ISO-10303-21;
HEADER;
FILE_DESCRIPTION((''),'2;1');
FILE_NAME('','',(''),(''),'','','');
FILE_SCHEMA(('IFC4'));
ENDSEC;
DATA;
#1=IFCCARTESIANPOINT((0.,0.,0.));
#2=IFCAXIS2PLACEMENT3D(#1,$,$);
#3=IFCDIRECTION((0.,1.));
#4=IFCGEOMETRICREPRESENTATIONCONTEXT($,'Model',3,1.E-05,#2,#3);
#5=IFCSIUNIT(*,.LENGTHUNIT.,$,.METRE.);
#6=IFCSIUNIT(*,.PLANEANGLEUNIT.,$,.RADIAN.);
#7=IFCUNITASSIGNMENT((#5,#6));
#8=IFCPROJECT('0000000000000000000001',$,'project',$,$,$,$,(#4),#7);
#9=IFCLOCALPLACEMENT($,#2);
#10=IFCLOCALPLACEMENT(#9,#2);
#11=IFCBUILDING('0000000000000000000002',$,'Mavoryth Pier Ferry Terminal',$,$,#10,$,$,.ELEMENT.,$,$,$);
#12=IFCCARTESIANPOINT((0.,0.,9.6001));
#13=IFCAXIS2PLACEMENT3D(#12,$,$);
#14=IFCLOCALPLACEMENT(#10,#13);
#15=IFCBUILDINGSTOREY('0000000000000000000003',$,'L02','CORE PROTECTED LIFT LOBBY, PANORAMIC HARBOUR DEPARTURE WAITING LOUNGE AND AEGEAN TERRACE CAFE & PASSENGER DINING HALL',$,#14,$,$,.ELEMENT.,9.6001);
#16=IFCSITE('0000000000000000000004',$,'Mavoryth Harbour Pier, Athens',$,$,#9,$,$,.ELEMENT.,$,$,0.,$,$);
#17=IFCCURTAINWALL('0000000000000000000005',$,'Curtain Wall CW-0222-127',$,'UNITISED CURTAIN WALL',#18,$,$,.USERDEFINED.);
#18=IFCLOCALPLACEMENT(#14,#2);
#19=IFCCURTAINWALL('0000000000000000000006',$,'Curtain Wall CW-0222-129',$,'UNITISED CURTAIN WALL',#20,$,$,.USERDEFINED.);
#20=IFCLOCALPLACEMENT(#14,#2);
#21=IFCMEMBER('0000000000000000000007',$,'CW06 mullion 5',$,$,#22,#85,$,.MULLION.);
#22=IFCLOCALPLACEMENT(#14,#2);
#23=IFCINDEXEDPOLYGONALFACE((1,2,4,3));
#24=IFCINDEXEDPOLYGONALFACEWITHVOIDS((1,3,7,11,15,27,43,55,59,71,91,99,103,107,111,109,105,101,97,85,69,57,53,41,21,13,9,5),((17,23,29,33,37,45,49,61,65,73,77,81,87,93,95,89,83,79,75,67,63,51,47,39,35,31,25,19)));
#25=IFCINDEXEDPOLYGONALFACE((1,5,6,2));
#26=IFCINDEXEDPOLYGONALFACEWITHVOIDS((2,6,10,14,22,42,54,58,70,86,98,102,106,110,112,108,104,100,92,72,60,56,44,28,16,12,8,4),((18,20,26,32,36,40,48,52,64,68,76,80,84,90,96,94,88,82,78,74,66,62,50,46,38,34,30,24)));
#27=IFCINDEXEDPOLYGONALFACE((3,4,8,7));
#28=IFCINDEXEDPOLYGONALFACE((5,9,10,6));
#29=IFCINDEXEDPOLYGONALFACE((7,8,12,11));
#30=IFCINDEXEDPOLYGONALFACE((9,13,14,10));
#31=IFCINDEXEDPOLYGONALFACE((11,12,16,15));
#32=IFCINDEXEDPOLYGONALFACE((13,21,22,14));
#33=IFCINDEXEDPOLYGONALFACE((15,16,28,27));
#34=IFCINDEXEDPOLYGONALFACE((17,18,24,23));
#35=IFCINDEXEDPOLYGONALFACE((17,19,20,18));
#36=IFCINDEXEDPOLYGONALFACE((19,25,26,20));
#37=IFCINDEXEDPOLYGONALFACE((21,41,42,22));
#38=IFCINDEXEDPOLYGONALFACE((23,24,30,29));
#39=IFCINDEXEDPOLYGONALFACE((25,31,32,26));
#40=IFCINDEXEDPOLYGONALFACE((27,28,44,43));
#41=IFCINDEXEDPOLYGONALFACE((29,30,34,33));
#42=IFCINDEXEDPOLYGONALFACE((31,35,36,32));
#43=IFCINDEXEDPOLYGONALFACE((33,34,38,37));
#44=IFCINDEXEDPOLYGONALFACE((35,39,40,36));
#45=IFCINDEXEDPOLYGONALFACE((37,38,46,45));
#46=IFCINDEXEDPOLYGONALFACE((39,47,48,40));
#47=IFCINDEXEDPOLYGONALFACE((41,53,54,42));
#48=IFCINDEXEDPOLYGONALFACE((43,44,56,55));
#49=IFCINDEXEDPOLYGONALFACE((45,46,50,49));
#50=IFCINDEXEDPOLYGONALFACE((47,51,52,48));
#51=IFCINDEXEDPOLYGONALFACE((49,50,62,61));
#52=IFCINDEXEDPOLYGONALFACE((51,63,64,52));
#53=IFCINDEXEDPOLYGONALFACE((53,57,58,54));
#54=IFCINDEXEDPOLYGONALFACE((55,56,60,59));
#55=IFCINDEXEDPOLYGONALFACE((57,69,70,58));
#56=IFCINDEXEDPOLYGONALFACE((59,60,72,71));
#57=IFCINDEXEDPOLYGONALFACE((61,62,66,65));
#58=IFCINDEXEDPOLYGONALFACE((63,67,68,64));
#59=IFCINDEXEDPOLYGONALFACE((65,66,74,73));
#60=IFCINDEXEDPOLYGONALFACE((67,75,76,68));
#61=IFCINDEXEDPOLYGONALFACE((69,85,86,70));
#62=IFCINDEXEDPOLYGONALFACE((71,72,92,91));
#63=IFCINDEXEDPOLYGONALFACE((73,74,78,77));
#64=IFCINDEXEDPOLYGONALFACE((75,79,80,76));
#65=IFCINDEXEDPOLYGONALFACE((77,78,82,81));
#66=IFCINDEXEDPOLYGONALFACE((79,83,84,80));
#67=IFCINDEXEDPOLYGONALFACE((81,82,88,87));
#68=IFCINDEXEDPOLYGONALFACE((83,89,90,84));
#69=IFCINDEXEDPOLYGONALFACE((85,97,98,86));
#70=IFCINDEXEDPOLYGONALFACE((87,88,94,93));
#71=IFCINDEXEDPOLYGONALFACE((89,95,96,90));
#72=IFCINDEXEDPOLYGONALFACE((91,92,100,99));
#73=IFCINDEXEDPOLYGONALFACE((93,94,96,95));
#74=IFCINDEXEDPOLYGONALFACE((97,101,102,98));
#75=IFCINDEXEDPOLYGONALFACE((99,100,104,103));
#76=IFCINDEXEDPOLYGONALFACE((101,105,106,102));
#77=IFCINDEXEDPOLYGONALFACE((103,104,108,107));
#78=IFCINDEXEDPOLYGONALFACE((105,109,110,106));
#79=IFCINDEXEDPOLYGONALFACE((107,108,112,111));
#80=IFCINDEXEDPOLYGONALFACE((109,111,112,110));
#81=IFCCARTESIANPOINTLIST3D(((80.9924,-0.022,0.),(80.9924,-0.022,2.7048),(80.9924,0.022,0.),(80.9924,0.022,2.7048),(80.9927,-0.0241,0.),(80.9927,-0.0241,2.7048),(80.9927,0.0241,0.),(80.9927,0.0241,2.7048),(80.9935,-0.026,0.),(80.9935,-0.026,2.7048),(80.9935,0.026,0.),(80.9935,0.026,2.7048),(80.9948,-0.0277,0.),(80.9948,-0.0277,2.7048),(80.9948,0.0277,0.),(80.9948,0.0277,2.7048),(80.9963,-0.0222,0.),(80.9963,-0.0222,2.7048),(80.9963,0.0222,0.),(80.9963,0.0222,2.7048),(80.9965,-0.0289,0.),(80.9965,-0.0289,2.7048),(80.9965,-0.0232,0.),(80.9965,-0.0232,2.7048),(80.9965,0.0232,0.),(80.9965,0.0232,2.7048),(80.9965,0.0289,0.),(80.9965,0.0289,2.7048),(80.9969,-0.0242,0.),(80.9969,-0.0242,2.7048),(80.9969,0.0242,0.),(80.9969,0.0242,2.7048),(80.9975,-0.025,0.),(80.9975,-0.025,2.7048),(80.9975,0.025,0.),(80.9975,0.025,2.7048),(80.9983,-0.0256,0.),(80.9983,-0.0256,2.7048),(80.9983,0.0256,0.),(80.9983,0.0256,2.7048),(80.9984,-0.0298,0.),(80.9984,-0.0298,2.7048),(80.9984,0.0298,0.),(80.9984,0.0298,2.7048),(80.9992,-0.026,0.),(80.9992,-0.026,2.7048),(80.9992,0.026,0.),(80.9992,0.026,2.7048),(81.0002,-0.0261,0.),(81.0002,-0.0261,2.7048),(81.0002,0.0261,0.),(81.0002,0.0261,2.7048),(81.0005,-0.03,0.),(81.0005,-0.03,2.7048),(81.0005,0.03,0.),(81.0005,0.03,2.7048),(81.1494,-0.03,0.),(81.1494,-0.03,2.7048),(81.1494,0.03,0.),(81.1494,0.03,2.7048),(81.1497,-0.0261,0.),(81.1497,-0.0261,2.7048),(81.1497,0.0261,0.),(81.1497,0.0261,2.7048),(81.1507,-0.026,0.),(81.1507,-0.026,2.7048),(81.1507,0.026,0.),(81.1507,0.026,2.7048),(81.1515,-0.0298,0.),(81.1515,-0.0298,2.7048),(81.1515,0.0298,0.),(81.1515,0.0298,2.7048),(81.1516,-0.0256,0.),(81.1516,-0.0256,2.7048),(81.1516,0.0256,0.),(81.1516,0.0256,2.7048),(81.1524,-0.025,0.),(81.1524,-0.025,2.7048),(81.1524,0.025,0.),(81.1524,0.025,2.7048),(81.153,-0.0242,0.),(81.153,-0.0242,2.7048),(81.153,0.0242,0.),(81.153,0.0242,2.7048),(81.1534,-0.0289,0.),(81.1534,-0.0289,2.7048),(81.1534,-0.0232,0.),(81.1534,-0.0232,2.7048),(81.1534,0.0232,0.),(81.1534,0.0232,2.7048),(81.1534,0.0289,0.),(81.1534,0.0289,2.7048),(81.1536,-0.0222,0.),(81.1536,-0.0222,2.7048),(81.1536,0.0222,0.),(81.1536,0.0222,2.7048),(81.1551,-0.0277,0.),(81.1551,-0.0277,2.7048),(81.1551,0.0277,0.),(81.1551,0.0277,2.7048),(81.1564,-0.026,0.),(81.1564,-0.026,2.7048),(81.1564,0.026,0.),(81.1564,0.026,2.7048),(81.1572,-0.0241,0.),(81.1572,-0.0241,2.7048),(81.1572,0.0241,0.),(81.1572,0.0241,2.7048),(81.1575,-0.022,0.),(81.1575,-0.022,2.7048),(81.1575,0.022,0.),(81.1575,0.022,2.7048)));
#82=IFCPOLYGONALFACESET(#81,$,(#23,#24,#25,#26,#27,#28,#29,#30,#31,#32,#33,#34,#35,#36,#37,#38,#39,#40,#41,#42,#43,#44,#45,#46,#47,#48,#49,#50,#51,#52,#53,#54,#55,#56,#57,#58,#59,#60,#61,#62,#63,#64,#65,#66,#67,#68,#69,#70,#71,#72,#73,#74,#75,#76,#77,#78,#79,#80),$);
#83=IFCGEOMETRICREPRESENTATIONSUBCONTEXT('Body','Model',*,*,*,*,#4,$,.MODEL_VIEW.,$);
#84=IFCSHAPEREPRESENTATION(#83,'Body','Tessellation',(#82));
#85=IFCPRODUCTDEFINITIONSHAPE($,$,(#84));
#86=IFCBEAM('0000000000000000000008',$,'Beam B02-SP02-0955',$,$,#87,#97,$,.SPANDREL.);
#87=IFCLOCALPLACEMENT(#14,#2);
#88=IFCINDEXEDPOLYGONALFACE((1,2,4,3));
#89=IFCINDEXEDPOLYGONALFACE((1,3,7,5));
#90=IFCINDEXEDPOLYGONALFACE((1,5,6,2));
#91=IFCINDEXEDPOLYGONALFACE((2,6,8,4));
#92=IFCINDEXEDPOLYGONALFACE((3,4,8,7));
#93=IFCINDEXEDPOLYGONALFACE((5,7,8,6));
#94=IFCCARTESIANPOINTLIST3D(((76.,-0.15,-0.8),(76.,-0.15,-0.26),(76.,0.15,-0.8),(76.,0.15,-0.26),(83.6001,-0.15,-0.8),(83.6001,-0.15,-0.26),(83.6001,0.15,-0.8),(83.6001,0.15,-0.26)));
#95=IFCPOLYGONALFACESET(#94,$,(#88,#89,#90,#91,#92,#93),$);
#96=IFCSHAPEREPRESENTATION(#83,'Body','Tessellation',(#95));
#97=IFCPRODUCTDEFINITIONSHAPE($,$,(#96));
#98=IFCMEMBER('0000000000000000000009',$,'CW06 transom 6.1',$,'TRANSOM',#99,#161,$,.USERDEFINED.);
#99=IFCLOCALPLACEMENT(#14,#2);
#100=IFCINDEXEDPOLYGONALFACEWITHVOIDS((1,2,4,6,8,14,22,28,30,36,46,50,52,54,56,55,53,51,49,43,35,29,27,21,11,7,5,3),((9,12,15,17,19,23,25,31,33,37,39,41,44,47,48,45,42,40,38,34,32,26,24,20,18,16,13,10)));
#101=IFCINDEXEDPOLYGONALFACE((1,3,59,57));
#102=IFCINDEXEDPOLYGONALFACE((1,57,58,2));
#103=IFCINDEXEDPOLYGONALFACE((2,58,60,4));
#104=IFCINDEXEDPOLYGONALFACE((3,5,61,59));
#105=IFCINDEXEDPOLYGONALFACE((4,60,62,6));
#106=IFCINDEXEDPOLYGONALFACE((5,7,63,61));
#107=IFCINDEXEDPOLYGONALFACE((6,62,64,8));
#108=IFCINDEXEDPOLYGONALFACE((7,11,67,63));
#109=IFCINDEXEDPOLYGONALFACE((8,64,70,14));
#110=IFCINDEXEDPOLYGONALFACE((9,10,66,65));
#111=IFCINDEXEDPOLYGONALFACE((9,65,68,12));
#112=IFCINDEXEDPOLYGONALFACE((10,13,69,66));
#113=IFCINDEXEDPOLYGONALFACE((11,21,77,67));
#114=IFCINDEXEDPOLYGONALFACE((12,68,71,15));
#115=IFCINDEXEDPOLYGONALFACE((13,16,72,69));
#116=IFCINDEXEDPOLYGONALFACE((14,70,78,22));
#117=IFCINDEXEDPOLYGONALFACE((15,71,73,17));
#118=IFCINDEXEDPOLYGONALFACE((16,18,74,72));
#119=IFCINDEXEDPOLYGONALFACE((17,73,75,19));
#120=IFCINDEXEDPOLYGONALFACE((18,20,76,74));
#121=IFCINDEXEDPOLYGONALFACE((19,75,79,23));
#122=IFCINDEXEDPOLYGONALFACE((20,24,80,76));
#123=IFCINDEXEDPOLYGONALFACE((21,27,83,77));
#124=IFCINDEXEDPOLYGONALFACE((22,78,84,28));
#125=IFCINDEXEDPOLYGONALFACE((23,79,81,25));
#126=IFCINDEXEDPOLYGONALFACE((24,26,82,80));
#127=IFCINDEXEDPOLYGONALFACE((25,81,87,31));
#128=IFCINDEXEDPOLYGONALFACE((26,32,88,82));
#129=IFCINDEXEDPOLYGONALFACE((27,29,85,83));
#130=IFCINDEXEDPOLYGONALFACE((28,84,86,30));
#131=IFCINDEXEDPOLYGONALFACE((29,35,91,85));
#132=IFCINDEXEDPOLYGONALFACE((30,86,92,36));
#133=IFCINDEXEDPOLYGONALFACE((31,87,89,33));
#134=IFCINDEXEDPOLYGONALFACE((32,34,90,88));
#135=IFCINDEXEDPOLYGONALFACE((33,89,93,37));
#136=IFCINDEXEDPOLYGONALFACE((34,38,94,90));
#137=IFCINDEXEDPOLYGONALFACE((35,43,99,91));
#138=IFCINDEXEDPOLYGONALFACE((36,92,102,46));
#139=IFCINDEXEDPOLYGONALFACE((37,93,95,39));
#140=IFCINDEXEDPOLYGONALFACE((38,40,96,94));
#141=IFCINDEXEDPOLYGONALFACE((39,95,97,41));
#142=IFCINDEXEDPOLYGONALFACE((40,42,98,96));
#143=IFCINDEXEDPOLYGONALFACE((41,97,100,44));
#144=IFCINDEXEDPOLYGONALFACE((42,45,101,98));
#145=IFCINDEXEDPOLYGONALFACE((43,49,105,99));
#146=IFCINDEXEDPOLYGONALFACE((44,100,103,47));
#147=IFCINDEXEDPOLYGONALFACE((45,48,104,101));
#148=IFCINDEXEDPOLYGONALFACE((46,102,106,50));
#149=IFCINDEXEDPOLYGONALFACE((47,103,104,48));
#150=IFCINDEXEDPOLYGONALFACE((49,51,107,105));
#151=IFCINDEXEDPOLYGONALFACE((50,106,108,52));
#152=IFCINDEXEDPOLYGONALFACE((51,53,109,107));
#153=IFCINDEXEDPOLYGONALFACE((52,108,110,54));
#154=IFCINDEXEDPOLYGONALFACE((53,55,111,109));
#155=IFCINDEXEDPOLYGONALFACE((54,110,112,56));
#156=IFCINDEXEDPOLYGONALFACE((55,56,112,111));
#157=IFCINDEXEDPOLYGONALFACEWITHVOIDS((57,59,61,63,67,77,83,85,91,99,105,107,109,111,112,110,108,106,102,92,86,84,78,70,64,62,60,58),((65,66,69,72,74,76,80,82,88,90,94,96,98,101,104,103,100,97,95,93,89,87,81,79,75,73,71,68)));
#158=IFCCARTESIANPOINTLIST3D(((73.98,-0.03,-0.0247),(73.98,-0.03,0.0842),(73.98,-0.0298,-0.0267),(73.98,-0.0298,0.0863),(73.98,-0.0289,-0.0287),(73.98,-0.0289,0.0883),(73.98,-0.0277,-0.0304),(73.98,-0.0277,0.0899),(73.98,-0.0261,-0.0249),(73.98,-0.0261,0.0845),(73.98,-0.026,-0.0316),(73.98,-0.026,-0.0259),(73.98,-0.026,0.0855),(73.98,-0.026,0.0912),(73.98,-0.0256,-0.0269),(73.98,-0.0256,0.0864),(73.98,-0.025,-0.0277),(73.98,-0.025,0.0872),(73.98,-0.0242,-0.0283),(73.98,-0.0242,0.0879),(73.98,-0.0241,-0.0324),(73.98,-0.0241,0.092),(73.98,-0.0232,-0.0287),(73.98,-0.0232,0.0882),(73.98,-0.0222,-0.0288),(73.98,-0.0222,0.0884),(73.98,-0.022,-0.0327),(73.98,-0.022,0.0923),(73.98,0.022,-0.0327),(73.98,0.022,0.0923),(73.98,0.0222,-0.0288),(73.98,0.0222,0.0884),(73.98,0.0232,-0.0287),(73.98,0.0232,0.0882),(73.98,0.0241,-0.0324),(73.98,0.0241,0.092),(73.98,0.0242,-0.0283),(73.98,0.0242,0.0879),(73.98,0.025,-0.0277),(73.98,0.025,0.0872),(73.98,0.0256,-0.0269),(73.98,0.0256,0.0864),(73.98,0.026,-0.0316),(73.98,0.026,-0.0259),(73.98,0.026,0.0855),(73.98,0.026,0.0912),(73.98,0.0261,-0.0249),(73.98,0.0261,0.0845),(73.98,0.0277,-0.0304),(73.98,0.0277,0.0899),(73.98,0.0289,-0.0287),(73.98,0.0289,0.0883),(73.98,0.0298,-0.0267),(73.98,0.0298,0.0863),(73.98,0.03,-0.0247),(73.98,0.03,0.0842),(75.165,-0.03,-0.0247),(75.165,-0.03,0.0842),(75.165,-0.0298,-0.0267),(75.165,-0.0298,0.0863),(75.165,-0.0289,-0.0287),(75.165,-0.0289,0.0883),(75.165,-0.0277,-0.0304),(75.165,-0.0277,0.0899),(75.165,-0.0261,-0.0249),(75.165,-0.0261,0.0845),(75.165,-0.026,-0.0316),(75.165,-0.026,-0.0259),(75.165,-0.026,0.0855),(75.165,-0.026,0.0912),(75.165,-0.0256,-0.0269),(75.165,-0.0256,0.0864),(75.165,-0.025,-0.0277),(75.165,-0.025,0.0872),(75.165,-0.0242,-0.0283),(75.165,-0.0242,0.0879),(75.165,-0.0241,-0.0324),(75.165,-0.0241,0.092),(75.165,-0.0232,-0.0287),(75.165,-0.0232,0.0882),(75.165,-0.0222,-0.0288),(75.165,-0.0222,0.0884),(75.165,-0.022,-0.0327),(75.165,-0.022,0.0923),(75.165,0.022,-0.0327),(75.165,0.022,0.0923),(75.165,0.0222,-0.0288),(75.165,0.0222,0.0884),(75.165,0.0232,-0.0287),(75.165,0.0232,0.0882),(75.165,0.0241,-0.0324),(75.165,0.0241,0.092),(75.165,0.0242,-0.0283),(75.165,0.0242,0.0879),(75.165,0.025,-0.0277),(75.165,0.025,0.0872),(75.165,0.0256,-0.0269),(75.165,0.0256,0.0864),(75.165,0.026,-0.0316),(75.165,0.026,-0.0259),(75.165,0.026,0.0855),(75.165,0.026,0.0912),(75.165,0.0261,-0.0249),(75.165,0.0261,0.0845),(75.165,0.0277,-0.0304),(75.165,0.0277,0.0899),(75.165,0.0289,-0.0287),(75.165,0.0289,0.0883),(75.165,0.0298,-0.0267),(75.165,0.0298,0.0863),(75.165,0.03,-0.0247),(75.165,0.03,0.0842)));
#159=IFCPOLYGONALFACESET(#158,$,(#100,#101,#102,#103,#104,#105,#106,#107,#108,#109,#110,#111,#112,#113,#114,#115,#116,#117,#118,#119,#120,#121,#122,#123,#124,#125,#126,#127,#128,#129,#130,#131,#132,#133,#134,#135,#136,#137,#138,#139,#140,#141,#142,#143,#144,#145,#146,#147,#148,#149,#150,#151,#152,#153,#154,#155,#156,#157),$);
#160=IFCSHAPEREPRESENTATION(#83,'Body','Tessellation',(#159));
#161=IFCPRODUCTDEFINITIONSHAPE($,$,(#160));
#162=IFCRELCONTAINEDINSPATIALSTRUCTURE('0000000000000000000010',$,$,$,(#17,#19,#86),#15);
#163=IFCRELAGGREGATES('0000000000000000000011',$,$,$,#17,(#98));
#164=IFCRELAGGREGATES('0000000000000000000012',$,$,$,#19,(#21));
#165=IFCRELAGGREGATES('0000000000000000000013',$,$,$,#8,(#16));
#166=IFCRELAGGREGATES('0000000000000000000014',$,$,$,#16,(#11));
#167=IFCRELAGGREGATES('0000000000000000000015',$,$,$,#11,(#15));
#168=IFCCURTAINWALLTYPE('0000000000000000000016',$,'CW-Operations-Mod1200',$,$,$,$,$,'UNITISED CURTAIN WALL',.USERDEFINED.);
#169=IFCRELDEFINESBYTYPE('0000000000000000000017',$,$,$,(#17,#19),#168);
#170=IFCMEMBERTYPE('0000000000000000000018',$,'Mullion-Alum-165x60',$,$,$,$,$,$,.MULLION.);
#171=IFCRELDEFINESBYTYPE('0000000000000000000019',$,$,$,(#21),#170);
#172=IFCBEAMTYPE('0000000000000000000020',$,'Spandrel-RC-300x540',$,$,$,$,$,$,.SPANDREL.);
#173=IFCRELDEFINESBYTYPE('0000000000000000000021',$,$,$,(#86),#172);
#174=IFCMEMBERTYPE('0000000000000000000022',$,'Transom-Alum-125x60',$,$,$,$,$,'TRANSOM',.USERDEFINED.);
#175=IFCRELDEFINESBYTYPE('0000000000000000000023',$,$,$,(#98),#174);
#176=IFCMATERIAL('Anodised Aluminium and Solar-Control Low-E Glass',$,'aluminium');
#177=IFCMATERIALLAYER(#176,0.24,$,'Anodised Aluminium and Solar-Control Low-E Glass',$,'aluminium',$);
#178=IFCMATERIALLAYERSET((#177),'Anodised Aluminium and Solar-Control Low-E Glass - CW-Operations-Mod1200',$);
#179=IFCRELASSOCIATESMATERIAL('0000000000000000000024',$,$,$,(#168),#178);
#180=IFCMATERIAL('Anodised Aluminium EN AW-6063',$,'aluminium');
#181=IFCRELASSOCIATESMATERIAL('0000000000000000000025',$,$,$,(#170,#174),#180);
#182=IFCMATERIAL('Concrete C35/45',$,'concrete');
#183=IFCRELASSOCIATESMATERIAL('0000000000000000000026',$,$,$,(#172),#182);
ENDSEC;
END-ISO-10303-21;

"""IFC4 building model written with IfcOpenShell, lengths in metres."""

from ifc_helpers import new_model, si_unit, direction, frame, origin, origin_2d, place, context, subcontext, project, spatial, rectangle, hollow_rectangle, extrude, material, layer, layer_set, material_profile, profile_set, type_object, element, aggregate, save


model = new_model("IFC4")

# Units and contexts
model_context = context("Model", 3, precision=1e-05, world=origin(), true_north=direction((0.0, 1.0)))
body_context = subcontext(model_context, "Body", "Model", "MODEL_VIEW")
ifc_project = project(units=[si_unit("LENGTHUNIT", "METRE"), si_unit("PLANEANGLEUNIT", "RADIAN")], contexts=[model_context])

# Site, building, storey
site_placement = place(None, origin())
site = spatial("IfcSite", under=ifc_project, at=site_placement, Name="Mavoryth Harbour Pier, Athens", CompositionType="ELEMENT", RefElevation=0.0)
building_placement = place(site_placement, origin())
building = spatial("IfcBuilding", under=site, at=building_placement, Name="Mavoryth Pier Ferry Terminal", CompositionType="ELEMENT")
storey_placement = place(building_placement, frame((0.0, 0.0, 9.6001)))
storey = spatial("IfcBuildingStorey", under=building, at=storey_placement, Name="L02", Description="CORE PROTECTED LIFT LOBBY, PANORAMIC HARBOUR DEPARTURE WAITING LOUNGE AND AEGEAN TERRACE CAFE & PASSENGER DINING HALL", CompositionType="ELEMENT", Elevation=9.6001)

# Curtain walls, member
ifc_material_1 = material(Name="Anodised Aluminium and Solar-Control Low-E Glass", Category="aluminium")
ifc_layer_1 = layer(ifc_material_1, 0.24, Name="Anodised Aluminium and Solar-Control Low-E Glass", Category="aluminium")
ifc_layer_set_1 = layer_set([ifc_layer_1], Name="Anodised Aluminium and Solar-Control Low-E Glass - CW-Operations-Mod1200")
curtain_wall_type = type_object("IfcCurtainWallType", Name="CW-Operations-Mod1200", ElementType="UNITISED CURTAIN WALL", PredefinedType="USERDEFINED", material=ifc_layer_set_1)
curtain_wall_1_placement = place(storey_placement, origin())
curtain_wall_1 = element("IfcCurtainWall", 1, at=curtain_wall_1_placement, inside=storey, type_object=curtain_wall_type, Name="Curtain Wall CW-0222-127", ObjectType="UNITISED CURTAIN WALL", PredefinedType="USERDEFINED")
ifc_material_2 = material(Name="Anodised Aluminium EN AW-6063", Category="aluminium")
ifc_material_profile_1 = material_profile(ifc_material_2, hollow_rectangle(XDim=0.0601, YDim=0.165, WallThickness=0.0039, InnerFilletRadius=0.0039, OuterFilletRadius=0.0081, at=origin_2d()), Name="AL-MULL 165x60x4", Category="aluminium")
ifc_profile_set_1 = profile_set([ifc_material_profile_1], Name="Anodised Aluminium EN AW-6063 - AL-MULL 165x60x4")
member_type_1 = type_object("IfcMemberType", Name="Mullion-Alum-165x60", PredefinedType="MULLION", material=ifc_profile_set_1)
curtain_wall_2_placement = place(storey_placement, origin())
curtain_wall_2 = element("IfcCurtainWall", 2, at=curtain_wall_2_placement, inside=storey, type_object=curtain_wall_type, Name="Curtain Wall CW-0222-129", ObjectType="UNITISED CURTAIN WALL", PredefinedType="USERDEFINED")
member_1_placement = place(storey_placement, frame((81.075, 0.0, 0.0), z_axis=(0.0, 0.0, 1.0), x_axis=(0.0, 1.0, 0.0)))
member_1 = element("IfcMember", 3, at=member_1_placement, type_object=member_type_1, Name="CW06 mullion 5", PredefinedType="MULLION", context=body_context, shape_type="SweptSolid", body=[
    extrude(hollow_rectangle(XDim=0.0601, YDim=0.165, WallThickness=0.0039, InnerFilletRadius=0.0039, OuterFilletRadius=0.0081, at=origin_2d()), origin(), (0.0, 0.0, 1.0), 2.7048),
])

# Beam
ifc_material_3 = material(Name="Concrete C35/45", Category="concrete")
ifc_material_profile_2 = material_profile(ifc_material_3, rectangle(XDim=0.3, YDim=0.54, at=origin_2d()), Name="RC 300x540", Category="concrete")
ifc_profile_set_2 = profile_set([ifc_material_profile_2], Name="Concrete C35/45 - RC 300x540")
beam_type = type_object("IfcBeamType", Name="Spandrel-RC-300x540", PredefinedType="SPANDREL", material=ifc_profile_set_2)
beam_placement = place(storey_placement, frame((76.0, 0.0, -0.53), z_axis=(1.0, 0.0, 0.0), x_axis=(0.0, 1.0, 0.0)))
element("IfcBeam", 4, at=beam_placement, inside=storey, type_object=beam_type, Name="Beam B02-SP02-0955", PredefinedType="SPANDREL", context=body_context, shape_type="SweptSolid", body=[
    extrude(rectangle(XDim=0.3, YDim=0.54, at=origin_2d()), origin(), (0.0, 0.0, 1.0), 7.6001),
])

# Member
ifc_material_profile_3 = material_profile(ifc_material_2, hollow_rectangle(XDim=0.0601, YDim=0.125, WallThickness=0.0039, InnerFilletRadius=0.0039, OuterFilletRadius=0.0081, at=origin_2d()), Name="AL-TRAN 125x60x4", Category="aluminium")
ifc_profile_set_3 = profile_set([ifc_material_profile_3], Name="Anodised Aluminium EN AW-6063 - AL-TRAN 125x60x4")
member_type_2 = type_object("IfcMemberType", Name="Transom-Alum-125x60", ElementType="TRANSOM", PredefinedType="USERDEFINED", material=ifc_profile_set_3)
member_2_placement = place(storey_placement, frame((73.98, 0.0, 0.0298), z_axis=(1.0, 0.0, 0.0), x_axis=(0.0, 1.0, 0.0)))
member_2 = element("IfcMember", 5, at=member_2_placement, type_object=member_type_2, Name="CW06 transom 6.1", ObjectType="TRANSOM", PredefinedType="USERDEFINED", context=body_context, shape_type="SweptSolid", body=[
    extrude(hollow_rectangle(XDim=0.0601, YDim=0.125, WallThickness=0.0039, InnerFilletRadius=0.0039, OuterFilletRadius=0.0081, at=origin_2d()), origin(), (0.0, 0.0, 1.0), 1.1851),
])

aggregate(curtain_wall_1, [member_2])
aggregate(curtain_wall_2, [member_1])

save(model, "model.ifc")
